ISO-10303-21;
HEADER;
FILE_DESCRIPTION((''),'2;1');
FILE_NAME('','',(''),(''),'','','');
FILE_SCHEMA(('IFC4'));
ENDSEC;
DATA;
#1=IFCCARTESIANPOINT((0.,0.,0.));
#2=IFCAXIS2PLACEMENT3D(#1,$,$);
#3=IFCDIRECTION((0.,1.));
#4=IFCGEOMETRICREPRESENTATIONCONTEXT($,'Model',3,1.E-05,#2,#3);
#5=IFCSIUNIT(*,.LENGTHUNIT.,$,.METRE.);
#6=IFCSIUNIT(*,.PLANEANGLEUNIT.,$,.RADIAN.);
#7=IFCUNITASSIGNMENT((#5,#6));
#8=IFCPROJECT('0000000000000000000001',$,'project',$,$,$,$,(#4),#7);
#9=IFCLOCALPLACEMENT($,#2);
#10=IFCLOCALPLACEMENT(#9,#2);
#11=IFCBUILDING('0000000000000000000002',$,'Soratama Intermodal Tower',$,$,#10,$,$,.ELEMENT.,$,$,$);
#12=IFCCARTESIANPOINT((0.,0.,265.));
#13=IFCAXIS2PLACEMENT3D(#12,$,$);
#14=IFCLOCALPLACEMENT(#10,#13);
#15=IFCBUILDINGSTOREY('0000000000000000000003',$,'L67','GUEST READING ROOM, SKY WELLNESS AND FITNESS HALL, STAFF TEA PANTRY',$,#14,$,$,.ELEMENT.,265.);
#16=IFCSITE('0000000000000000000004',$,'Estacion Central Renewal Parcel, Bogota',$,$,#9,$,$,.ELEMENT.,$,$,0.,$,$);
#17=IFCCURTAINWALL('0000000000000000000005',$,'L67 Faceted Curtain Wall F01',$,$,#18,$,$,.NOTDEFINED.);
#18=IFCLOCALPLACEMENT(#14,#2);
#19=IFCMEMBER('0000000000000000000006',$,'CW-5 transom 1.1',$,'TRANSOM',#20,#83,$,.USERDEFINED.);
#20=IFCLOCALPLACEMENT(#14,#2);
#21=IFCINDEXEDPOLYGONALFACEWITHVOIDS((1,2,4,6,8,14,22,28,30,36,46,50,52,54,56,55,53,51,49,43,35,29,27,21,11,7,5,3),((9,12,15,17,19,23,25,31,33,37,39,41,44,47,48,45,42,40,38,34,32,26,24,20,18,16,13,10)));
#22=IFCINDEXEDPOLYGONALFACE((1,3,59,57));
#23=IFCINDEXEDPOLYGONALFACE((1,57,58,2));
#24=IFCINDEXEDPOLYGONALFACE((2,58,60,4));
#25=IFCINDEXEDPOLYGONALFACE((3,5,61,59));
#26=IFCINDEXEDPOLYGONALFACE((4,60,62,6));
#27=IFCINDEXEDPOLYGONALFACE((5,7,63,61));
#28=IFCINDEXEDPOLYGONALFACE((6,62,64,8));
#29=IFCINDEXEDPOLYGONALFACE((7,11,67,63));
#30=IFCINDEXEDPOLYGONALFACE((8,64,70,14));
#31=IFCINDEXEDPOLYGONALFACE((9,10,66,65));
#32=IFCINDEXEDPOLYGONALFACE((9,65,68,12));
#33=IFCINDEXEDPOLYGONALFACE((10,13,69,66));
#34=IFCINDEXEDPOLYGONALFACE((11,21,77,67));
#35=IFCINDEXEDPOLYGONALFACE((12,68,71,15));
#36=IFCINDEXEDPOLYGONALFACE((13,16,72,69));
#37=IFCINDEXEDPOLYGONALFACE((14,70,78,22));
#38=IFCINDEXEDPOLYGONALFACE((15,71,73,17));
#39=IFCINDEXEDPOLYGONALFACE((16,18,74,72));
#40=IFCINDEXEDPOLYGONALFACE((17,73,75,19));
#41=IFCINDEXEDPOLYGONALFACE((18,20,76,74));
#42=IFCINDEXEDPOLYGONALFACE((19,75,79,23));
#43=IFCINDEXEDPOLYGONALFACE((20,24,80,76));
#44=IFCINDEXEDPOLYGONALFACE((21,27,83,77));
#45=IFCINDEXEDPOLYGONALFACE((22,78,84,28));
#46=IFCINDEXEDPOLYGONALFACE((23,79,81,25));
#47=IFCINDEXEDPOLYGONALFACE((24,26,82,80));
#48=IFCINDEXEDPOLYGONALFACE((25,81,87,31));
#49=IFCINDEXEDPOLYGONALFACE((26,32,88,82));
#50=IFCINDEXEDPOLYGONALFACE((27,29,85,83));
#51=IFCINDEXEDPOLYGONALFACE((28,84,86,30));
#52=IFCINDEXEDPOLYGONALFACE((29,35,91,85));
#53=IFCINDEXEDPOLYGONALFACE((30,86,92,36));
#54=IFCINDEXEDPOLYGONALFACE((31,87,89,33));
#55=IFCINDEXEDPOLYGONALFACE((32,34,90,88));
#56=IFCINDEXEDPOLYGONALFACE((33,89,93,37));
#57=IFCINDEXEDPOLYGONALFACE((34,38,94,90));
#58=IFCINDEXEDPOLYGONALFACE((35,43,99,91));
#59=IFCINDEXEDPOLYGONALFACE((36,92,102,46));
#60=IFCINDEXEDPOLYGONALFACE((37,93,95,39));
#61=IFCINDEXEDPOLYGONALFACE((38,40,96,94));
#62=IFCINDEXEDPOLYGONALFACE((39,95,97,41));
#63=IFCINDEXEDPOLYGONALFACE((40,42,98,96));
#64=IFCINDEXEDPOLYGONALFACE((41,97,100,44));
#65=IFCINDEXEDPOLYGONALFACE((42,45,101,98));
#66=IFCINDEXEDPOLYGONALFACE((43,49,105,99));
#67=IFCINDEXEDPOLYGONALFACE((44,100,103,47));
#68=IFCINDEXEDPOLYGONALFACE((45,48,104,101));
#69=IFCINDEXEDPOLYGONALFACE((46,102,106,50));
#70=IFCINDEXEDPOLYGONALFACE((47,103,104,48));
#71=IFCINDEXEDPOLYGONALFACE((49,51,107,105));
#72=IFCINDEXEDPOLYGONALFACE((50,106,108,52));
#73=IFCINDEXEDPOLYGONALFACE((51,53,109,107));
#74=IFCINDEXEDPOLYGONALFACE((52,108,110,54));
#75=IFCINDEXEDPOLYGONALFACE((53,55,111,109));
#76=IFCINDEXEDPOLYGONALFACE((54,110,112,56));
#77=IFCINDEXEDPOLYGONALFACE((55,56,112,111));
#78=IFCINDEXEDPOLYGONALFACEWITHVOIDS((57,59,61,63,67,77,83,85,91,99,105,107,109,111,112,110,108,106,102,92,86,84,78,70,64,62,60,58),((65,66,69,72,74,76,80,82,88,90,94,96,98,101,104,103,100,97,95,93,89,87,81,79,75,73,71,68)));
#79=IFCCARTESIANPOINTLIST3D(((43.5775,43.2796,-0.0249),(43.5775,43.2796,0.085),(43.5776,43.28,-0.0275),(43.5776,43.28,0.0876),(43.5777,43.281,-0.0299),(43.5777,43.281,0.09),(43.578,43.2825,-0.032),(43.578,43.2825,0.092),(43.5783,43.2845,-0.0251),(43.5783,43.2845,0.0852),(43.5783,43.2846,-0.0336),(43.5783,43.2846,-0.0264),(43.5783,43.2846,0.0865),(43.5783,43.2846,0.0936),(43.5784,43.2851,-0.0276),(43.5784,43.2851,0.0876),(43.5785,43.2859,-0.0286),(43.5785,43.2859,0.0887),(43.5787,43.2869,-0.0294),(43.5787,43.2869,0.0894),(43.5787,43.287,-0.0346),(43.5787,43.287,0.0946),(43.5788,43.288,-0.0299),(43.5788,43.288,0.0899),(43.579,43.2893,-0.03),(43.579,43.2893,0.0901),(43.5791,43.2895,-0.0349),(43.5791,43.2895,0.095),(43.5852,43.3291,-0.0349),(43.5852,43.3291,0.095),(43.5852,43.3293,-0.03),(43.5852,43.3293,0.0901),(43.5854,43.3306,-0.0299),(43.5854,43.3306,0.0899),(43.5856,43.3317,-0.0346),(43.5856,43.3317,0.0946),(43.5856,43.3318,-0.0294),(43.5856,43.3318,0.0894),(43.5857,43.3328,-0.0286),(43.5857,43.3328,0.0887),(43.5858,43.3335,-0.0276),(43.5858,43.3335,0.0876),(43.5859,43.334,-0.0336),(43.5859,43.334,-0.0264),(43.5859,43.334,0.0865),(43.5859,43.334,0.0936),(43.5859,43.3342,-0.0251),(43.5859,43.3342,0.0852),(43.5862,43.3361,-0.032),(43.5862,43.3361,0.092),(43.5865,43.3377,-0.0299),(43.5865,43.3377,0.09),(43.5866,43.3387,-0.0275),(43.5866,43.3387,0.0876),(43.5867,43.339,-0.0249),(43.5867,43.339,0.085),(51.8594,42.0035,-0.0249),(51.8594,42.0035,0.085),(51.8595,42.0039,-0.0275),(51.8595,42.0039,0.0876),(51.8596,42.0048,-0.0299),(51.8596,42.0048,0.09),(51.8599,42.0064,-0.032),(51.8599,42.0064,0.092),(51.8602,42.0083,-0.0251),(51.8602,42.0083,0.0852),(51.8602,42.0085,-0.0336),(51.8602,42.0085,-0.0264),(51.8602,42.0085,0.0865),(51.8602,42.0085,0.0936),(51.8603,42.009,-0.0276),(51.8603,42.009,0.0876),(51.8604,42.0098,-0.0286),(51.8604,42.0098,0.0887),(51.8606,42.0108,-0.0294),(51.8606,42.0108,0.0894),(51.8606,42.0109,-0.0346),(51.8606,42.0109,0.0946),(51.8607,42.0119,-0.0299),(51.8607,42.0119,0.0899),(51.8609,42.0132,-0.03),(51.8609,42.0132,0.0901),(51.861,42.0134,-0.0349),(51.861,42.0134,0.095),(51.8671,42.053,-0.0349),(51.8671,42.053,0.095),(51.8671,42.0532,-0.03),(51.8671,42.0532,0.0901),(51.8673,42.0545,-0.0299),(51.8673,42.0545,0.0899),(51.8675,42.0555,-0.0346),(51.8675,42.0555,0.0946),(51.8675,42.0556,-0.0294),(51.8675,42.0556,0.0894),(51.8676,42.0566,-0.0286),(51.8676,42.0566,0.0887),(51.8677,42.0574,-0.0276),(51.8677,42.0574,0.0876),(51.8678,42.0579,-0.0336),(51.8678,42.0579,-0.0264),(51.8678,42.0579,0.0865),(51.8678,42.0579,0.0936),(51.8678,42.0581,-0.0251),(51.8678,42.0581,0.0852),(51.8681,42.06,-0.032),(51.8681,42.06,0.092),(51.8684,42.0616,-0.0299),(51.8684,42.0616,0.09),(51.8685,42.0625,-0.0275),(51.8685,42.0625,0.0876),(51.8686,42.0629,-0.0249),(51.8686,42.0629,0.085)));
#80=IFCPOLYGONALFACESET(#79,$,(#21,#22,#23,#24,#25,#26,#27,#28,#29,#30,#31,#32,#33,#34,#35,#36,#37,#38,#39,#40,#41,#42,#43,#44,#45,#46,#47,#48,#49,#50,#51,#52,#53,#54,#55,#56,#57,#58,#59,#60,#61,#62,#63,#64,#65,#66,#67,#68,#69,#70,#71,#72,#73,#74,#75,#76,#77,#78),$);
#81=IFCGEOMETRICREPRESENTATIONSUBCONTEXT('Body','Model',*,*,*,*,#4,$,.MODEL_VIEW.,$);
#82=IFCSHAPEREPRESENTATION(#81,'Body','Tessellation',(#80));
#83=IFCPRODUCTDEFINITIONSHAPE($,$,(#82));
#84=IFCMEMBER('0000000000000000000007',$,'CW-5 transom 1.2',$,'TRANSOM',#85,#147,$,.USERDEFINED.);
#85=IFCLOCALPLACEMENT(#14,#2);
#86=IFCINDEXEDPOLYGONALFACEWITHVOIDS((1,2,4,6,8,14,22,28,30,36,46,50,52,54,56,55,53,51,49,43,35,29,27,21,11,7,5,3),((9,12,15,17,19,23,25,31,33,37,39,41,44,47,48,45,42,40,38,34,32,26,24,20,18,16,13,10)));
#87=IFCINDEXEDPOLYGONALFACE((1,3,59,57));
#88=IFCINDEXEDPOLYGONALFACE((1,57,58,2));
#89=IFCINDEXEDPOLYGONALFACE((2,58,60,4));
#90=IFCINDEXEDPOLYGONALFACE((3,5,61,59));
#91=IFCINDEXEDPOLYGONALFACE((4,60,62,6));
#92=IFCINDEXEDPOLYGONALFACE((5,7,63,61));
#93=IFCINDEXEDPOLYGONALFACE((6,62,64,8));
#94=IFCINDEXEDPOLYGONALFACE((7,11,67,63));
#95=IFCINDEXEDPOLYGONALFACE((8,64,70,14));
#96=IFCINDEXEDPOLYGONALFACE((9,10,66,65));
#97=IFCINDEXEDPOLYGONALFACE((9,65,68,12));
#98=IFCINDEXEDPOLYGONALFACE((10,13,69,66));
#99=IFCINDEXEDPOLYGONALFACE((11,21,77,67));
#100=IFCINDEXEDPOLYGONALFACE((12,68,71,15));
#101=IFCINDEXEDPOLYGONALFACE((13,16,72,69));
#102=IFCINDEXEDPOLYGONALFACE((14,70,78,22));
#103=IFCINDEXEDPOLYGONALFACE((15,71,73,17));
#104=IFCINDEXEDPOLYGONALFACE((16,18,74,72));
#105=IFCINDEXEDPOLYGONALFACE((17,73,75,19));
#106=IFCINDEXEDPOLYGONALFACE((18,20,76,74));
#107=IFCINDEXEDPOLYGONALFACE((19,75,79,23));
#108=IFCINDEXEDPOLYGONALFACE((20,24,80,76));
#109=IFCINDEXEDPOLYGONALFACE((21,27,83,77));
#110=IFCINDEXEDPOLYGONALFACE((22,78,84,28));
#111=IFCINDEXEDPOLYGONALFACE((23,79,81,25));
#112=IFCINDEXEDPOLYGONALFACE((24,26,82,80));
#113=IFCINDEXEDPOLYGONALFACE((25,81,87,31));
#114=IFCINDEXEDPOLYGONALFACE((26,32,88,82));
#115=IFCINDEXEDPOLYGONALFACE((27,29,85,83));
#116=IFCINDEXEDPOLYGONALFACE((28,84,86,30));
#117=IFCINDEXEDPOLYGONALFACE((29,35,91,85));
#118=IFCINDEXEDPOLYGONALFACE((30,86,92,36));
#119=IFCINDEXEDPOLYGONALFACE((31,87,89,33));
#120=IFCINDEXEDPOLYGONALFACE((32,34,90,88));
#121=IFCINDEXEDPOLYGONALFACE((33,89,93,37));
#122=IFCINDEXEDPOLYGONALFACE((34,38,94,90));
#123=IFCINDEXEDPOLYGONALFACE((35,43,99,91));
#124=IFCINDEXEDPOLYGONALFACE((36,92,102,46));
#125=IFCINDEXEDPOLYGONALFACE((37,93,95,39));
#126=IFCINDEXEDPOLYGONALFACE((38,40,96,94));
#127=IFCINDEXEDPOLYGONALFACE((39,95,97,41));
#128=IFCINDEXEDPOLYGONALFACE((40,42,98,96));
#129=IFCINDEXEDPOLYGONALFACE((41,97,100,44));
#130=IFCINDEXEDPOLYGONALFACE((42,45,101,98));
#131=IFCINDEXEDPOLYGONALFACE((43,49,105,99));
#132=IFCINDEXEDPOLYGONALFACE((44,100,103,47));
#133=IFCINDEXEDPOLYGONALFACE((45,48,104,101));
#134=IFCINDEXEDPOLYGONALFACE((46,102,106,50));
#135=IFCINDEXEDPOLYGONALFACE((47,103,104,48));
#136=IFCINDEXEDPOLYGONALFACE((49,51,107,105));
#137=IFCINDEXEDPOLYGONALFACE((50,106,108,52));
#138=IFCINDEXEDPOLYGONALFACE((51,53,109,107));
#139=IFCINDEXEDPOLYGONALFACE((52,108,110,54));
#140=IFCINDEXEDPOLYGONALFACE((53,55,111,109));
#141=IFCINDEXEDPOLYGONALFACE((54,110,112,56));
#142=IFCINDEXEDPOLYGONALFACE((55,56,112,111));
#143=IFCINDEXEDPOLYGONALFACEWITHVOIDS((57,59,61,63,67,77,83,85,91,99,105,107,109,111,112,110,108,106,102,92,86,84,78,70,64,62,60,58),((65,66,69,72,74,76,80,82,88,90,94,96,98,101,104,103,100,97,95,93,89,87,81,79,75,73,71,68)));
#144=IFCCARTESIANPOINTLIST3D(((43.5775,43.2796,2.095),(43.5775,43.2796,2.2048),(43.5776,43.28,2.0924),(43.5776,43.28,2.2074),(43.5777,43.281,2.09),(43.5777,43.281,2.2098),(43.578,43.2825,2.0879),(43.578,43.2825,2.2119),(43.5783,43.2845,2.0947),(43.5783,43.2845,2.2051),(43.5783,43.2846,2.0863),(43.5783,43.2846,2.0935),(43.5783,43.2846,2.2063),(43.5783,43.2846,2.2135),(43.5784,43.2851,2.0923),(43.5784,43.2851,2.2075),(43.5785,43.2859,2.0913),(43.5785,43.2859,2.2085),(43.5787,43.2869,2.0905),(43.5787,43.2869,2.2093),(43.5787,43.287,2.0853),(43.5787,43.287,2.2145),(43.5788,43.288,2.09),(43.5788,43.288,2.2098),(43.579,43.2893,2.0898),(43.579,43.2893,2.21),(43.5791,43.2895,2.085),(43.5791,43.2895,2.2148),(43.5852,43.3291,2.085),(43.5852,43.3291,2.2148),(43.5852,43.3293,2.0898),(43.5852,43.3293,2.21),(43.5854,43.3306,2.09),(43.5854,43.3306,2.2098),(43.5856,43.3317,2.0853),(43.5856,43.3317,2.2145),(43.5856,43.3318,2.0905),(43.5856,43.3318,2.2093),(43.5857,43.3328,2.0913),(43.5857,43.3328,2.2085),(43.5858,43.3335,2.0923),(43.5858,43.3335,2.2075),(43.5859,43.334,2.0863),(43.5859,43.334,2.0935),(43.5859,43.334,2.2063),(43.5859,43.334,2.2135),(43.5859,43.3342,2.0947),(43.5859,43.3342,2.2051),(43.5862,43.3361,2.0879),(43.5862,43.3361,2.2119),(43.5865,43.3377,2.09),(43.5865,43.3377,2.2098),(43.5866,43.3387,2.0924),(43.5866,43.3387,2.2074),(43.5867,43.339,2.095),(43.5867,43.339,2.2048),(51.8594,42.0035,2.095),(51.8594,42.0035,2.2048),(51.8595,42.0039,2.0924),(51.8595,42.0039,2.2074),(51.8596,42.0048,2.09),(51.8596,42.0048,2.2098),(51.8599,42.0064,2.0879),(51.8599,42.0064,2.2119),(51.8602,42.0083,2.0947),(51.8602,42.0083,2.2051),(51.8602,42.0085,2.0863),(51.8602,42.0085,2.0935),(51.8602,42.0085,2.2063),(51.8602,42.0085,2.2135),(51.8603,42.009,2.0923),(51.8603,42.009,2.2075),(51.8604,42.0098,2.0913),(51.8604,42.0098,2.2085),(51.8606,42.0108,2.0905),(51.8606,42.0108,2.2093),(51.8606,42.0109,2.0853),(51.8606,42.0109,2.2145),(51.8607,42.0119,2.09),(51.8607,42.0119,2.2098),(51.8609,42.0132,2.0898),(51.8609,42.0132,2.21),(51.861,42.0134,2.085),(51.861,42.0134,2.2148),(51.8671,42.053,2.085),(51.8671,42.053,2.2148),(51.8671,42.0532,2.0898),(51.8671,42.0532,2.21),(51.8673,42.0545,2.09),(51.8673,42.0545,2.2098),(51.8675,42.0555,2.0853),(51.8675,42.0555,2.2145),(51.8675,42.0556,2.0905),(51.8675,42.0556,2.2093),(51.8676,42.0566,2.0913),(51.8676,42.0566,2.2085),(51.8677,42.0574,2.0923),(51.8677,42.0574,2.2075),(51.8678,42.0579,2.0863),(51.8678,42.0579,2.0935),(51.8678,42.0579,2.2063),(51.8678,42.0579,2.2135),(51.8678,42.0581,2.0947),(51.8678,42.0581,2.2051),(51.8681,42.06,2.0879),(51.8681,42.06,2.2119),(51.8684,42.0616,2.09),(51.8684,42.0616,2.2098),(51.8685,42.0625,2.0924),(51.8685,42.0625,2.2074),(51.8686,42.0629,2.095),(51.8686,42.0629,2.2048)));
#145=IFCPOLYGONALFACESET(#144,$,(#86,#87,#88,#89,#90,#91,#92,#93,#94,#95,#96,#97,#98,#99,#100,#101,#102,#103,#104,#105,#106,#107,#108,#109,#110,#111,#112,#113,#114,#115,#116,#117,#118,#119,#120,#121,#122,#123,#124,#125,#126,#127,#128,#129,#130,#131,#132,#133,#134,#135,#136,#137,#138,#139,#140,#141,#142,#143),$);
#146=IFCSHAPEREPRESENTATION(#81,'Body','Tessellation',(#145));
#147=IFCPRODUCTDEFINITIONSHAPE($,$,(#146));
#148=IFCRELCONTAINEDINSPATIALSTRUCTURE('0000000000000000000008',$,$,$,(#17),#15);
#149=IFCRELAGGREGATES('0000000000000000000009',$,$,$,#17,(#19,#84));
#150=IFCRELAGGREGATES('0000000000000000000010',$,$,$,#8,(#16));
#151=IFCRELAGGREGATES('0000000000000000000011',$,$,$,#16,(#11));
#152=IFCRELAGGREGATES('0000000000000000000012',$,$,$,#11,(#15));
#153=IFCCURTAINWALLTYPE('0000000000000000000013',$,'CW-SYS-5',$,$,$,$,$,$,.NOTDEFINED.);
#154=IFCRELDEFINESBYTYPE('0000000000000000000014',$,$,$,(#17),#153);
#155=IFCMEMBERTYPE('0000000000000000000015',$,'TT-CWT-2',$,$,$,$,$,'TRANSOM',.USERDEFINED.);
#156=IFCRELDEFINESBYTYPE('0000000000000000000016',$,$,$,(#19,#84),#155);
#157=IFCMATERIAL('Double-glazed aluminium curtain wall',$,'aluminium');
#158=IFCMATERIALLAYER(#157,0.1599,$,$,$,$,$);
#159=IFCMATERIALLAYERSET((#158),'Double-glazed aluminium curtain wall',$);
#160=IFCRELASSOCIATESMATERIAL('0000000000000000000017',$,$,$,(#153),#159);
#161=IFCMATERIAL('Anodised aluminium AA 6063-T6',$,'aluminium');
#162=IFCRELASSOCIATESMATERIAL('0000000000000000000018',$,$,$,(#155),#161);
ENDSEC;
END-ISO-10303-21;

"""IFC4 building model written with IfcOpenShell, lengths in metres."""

from ifc_helpers import new_model, si_unit, direction, frame, origin, origin_2d, place, context, subcontext, project, spatial, hollow_rectangle, extrude, material, layer, layer_set, material_profile, profile_set, type_object, element, aggregate, save


model = new_model("IFC4")

# Units and contexts
model_context = context("Model", 3, precision=1e-05, world=origin(), true_north=direction((0.0, 1.0)))
body_context = subcontext(model_context, "Body", "Model", "MODEL_VIEW")
ifc_project = project(units=[si_unit("LENGTHUNIT", "METRE"), si_unit("PLANEANGLEUNIT", "RADIAN")], contexts=[model_context])

# Site, building, storey
site_placement = place(None, origin())
site = spatial("IfcSite", under=ifc_project, at=site_placement, Name="Estacion Central Renewal Parcel, Bogota", CompositionType="ELEMENT", RefElevation=0.0)
building_placement = place(site_placement, origin())
building = spatial("IfcBuilding", under=site, at=building_placement, Name="Soratama Intermodal Tower", CompositionType="ELEMENT")
storey_placement = place(building_placement, frame((0.0, 0.0, 265.0)))
storey = spatial("IfcBuildingStorey", under=building, at=storey_placement, Name="L67", Description="GUEST READING ROOM, SKY WELLNESS AND FITNESS HALL, STAFF TEA PANTRY", CompositionType="ELEMENT", Elevation=265.0)

# Curtain wall
ifc_material_1 = material(Name="Double-glazed aluminium curtain wall", Category="aluminium")
ifc_layer_1 = layer(ifc_material_1, 0.1599)
ifc_layer_set_1 = layer_set([ifc_layer_1], Name="Double-glazed aluminium curtain wall")
curtain_wall_type = type_object("IfcCurtainWallType", Name="CW-SYS-5", PredefinedType="NOTDEFINED", material=ifc_layer_set_1)
curtain_wall_1_placement = place(storey_placement, origin())
curtain_wall_1 = element("IfcCurtainWall", 1, at=curtain_wall_1_placement, inside=storey, type_object=curtain_wall_type, Name="L67 Faceted Curtain Wall F01", PredefinedType="NOTDEFINED")

# Members
ifc_material_2 = material(Name="Anodised aluminium AA 6063-T6", Category="aluminium")
ifc_material_profile_1 = material_profile(ifc_material_2, hollow_rectangle(XDim=0.0601, YDim=0.1299, WallThickness=0.0049, InnerFilletRadius=0.0049, OuterFilletRadius=0.01, at=origin_2d()), Name="CWT130X60X5")
ifc_profile_set_1 = profile_set([ifc_material_profile_1], Name="Anodised aluminium AA 6063-T6")
member_type_1 = type_object("IfcMemberType", Name="TT-CWT-2", ElementType="TRANSOM", PredefinedType="USERDEFINED", material=ifc_profile_set_1)
member_1_placement = place(storey_placement, frame((51.864, 42.0332, 0.03), z_axis=(-0.988336, 0.152287, 0.0), x_axis=(-0.152287, -0.988336, 0.0)))
member_1 = element("IfcMember", 2, at=member_1_placement, type_object=member_type_1, Name="CW-5 transom 1.1", ObjectType="TRANSOM", PredefinedType="USERDEFINED", context=body_context, shape_type="SweptSolid", body=[
    extrude(hollow_rectangle(XDim=0.0601, YDim=0.1299, WallThickness=0.0049, InnerFilletRadius=0.0049, OuterFilletRadius=0.01, at=origin_2d()), origin(), (0.0, 0.0, 1.0), 8.3796),
])
member_2_placement = place(storey_placement, frame((51.864, 42.0332, 2.1499), z_axis=(-0.988336, 0.152287, 0.0), x_axis=(-0.152287, -0.988336, 0.0)))
member_2 = element("IfcMember", 3, at=member_2_placement, type_object=member_type_1, Name="CW-5 transom 1.2", ObjectType="TRANSOM", PredefinedType="USERDEFINED", context=body_context, shape_type="SweptSolid", body=[
    extrude(hollow_rectangle(XDim=0.0601, YDim=0.1299, WallThickness=0.0049, InnerFilletRadius=0.0049, OuterFilletRadius=0.01, at=origin_2d()), origin(), (0.0, 0.0, 1.0), 8.3796),
])
aggregate(curtain_wall_1, [member_1, member_2])

save(model, "model.ifc")
